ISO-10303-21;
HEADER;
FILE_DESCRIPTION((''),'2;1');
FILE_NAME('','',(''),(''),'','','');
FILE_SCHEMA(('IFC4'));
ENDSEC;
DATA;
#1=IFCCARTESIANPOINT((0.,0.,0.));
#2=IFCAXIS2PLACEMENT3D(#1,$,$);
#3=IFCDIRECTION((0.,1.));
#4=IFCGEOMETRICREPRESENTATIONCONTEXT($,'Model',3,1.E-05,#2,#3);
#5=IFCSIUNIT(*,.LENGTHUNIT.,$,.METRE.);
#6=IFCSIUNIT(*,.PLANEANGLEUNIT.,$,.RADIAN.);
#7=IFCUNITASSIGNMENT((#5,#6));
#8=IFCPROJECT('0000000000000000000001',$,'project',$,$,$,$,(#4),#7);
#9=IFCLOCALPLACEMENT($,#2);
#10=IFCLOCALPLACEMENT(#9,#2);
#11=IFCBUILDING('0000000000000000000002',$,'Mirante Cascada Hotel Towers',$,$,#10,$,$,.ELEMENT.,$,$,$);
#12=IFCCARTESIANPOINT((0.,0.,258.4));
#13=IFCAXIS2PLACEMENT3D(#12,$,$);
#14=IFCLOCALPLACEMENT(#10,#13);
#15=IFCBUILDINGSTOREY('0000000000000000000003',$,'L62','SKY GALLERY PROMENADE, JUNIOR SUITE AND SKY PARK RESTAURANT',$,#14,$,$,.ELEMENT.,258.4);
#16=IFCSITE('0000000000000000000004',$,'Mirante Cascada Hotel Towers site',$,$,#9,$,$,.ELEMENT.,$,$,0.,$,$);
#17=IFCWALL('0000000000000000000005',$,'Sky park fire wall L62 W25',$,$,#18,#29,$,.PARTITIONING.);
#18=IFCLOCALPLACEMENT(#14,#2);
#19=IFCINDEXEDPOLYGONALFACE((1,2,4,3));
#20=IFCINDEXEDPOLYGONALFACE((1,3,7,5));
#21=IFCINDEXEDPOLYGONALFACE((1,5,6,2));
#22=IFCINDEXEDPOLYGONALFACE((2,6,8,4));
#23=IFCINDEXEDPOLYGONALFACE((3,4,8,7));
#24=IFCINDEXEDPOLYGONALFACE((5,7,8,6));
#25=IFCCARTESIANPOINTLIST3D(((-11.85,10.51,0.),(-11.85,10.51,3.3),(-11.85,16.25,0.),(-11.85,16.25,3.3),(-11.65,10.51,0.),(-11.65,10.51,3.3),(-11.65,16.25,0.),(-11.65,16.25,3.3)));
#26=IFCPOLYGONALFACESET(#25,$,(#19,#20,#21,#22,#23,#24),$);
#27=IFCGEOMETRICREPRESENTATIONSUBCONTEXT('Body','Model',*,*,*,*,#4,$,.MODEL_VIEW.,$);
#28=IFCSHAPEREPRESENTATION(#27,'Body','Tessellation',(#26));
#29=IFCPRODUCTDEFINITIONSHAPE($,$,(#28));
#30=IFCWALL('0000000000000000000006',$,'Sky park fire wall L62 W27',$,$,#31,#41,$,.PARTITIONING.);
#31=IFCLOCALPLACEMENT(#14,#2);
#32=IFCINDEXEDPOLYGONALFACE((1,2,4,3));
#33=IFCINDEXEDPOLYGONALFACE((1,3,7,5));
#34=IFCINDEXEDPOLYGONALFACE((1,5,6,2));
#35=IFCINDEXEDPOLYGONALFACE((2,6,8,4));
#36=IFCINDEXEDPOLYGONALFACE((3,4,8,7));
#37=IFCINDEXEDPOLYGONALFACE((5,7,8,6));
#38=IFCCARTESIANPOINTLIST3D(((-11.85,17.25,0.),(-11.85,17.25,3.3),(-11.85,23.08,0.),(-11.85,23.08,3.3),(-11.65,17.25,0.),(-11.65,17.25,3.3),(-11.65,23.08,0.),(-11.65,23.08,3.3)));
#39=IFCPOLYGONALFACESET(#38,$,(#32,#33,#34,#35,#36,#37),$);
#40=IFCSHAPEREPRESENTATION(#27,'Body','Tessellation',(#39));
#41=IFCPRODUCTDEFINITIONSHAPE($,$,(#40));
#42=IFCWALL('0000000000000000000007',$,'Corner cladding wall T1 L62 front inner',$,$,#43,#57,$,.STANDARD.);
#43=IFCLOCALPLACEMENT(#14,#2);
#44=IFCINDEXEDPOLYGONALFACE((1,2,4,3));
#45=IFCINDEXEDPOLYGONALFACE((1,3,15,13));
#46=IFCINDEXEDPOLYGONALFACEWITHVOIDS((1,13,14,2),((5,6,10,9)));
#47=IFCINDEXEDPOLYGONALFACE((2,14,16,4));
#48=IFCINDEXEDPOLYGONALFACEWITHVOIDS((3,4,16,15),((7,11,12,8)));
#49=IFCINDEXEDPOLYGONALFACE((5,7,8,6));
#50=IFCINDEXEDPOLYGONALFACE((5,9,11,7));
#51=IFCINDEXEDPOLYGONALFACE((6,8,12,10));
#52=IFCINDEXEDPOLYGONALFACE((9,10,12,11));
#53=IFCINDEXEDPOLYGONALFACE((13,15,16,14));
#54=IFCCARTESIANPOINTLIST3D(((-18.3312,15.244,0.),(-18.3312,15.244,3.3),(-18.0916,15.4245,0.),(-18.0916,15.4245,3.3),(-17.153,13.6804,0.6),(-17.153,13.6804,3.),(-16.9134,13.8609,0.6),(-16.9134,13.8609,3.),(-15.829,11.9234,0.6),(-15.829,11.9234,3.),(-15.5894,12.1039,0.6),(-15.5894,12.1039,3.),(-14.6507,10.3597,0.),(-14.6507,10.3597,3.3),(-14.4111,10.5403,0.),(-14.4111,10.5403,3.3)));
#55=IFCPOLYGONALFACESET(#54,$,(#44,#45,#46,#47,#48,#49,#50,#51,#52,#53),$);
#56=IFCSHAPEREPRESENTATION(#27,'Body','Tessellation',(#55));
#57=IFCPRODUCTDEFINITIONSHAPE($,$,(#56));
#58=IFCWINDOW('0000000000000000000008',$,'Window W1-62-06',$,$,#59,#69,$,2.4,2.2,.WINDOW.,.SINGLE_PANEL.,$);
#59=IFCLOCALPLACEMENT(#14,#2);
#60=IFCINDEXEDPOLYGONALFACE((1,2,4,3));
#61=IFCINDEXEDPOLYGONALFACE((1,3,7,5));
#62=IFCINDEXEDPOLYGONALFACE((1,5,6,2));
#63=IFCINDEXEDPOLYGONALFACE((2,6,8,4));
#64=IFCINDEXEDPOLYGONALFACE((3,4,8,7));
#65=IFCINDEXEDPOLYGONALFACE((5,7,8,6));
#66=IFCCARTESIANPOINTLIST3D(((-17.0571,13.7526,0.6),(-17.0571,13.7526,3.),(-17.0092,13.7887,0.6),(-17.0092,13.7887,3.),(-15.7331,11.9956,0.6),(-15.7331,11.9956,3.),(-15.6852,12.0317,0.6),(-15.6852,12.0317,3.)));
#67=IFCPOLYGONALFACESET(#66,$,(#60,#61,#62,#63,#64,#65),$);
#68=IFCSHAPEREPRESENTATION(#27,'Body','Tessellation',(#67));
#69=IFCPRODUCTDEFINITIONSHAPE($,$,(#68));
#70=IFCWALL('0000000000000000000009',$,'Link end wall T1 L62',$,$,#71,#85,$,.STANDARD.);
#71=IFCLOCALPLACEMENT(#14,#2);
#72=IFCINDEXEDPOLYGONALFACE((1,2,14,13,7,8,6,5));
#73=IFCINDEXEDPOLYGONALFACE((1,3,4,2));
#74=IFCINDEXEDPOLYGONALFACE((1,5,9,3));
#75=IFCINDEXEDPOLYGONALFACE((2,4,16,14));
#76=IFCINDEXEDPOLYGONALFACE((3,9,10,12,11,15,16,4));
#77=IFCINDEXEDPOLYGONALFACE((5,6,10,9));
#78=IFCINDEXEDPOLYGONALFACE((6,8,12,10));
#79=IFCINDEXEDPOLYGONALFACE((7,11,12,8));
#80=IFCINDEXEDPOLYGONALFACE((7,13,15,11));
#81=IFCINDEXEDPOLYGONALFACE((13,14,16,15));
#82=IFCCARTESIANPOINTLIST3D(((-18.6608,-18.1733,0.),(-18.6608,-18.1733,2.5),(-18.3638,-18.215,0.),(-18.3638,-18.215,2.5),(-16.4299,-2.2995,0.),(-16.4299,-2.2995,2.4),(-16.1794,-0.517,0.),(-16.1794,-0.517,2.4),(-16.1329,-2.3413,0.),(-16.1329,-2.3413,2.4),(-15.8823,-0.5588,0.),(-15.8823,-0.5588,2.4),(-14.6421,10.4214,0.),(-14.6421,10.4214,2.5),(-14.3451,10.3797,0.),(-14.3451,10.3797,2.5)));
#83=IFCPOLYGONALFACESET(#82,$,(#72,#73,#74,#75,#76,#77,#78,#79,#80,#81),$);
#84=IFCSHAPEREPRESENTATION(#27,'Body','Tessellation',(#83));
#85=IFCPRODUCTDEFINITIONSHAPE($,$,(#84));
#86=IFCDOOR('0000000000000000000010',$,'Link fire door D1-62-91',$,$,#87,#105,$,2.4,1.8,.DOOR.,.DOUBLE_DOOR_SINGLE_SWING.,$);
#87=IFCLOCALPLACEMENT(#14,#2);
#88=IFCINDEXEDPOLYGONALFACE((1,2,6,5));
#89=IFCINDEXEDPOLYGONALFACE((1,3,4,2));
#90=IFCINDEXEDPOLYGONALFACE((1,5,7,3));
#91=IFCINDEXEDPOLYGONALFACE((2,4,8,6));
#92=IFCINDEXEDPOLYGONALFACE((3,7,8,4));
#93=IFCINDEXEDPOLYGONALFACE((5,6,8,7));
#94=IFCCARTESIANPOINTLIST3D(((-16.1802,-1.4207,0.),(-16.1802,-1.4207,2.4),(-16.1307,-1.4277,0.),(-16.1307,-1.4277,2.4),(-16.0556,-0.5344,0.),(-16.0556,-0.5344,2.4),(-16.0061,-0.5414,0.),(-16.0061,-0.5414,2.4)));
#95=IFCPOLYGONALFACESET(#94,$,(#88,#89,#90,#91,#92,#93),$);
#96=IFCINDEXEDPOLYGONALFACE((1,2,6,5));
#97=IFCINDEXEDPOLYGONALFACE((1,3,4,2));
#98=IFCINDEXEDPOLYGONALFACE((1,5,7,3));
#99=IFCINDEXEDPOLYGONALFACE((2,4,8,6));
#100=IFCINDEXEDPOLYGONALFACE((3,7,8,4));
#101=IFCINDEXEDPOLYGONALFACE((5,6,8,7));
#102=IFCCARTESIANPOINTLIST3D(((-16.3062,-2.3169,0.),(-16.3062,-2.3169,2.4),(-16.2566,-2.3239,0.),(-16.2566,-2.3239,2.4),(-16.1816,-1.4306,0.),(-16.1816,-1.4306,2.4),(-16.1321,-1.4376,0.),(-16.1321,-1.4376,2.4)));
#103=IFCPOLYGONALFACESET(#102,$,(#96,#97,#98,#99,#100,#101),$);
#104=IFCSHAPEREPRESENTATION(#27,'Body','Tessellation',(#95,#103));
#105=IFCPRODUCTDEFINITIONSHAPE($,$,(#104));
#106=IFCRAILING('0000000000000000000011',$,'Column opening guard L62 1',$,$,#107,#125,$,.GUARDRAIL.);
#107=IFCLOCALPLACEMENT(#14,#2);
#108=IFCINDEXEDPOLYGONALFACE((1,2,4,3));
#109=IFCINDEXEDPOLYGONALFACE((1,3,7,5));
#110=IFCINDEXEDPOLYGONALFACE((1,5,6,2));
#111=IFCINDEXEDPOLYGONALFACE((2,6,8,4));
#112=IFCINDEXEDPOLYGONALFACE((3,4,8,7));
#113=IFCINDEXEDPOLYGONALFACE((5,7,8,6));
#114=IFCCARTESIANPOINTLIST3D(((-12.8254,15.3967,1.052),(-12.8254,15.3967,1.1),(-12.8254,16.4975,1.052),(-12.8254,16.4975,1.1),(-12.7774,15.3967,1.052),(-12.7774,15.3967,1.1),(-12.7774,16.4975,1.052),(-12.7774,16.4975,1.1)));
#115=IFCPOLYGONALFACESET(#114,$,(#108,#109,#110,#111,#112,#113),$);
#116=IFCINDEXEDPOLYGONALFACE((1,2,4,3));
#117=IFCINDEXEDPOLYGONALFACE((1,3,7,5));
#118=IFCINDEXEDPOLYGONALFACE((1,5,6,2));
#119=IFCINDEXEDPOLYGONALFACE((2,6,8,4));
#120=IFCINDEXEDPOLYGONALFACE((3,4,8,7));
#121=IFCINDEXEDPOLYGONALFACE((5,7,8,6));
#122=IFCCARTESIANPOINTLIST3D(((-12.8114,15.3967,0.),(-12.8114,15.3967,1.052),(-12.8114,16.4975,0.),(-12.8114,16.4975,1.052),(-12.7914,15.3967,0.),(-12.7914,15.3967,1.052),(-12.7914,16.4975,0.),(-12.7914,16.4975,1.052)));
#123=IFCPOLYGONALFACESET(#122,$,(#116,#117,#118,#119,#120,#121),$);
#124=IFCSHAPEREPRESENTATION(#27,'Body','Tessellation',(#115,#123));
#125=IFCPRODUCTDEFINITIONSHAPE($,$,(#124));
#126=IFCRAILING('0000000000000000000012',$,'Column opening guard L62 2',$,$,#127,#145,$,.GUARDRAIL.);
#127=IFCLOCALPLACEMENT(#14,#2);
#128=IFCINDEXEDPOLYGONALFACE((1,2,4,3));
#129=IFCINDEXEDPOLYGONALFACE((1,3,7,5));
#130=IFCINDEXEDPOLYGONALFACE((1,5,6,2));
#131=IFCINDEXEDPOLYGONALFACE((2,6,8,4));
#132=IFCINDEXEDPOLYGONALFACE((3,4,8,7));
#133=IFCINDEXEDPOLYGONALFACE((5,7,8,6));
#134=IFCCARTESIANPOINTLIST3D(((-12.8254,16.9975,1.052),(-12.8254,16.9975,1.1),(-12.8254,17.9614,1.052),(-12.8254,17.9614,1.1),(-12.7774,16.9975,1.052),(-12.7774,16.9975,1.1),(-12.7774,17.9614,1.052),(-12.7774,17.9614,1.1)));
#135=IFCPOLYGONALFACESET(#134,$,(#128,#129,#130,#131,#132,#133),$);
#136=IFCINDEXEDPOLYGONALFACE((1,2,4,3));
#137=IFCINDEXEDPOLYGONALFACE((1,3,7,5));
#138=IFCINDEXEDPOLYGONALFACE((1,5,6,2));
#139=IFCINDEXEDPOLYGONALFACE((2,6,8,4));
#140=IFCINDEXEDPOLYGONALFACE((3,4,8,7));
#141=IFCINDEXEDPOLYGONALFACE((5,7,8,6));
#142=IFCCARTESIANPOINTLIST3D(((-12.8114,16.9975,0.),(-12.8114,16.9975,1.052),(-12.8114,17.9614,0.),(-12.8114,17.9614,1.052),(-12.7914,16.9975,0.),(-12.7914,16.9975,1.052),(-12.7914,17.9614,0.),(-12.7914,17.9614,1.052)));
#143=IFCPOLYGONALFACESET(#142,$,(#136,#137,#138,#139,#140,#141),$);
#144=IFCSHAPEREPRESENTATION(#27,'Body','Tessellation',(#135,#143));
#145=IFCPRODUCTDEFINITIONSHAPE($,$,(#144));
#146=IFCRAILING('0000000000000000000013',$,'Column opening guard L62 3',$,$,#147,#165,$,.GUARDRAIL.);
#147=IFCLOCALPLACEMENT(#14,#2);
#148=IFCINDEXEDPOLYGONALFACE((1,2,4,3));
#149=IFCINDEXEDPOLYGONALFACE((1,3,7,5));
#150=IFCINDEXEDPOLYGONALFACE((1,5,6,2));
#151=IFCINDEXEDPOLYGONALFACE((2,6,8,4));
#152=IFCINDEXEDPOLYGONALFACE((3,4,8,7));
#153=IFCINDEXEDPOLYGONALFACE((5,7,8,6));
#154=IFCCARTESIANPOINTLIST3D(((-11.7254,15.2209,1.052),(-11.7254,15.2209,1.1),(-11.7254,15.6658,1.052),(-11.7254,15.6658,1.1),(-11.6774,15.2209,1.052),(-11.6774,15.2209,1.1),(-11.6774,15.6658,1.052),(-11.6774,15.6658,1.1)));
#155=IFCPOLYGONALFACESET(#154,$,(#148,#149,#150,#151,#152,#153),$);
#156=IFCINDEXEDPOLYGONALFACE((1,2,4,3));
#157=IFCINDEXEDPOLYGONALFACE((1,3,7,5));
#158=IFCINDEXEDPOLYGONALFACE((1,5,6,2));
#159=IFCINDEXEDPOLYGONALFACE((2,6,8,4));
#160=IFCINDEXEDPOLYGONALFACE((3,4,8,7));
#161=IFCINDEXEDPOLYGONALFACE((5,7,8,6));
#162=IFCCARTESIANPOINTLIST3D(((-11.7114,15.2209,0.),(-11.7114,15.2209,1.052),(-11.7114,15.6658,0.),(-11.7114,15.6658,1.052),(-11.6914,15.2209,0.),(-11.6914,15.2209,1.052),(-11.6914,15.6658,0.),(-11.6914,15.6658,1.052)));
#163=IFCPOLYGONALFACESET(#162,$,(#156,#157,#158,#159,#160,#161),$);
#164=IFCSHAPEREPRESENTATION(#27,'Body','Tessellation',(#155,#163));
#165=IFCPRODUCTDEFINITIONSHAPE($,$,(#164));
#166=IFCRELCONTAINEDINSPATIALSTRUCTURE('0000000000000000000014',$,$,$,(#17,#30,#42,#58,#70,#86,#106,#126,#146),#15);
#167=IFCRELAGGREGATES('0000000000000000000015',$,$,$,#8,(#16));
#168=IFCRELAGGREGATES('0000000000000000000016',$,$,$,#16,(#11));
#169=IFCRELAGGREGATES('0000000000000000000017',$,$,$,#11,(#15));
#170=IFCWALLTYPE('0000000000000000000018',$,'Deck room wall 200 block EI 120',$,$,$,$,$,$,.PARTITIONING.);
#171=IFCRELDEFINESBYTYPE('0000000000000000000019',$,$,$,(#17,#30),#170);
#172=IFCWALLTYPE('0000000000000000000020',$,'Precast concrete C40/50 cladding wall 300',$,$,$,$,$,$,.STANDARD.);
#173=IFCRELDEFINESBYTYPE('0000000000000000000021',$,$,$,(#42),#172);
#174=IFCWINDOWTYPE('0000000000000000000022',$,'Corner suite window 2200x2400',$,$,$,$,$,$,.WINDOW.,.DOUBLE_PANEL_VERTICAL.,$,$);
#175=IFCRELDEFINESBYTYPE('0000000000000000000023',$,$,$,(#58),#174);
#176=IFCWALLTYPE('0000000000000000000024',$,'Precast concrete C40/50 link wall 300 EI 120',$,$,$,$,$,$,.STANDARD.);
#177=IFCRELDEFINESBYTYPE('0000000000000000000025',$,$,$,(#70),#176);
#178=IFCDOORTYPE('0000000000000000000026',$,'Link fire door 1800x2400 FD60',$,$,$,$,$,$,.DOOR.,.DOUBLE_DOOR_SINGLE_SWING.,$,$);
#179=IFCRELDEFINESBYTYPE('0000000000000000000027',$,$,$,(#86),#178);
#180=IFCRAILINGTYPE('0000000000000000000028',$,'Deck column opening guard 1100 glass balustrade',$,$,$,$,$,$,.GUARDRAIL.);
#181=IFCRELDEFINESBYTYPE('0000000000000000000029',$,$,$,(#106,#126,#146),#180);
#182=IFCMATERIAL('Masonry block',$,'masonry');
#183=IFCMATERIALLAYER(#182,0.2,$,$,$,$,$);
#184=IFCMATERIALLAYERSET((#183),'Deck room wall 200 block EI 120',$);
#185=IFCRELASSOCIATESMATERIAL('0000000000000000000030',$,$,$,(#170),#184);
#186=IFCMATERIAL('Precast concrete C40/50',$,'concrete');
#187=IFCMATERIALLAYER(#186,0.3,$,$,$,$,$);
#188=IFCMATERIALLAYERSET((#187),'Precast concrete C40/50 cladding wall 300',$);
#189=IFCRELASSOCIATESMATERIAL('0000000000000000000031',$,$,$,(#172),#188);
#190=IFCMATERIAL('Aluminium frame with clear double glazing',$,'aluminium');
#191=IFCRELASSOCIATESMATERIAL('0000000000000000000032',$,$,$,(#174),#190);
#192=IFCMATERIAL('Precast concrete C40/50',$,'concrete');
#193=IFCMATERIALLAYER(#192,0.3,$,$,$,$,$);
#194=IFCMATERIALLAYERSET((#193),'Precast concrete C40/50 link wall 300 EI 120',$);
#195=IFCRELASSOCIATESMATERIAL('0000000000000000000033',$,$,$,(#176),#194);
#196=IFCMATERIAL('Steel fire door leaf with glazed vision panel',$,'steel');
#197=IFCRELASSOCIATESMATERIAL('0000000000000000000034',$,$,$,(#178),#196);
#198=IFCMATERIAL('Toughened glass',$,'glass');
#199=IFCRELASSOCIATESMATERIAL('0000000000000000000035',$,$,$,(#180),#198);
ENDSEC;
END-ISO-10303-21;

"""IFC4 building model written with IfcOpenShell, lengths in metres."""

from ifc_helpers import new_model, si_unit, direction, frame, frame_2d, origin, origin_2d, place, context, subcontext, project, spatial, rectangle, extrude, material, layer, layer_set, type_object, element, fill, save


model = new_model("IFC4")

# Units and contexts
model_context = context("Model", 3, precision=1e-05, world=origin(), true_north=direction((0.0, 1.0)))
body_context = subcontext(model_context, "Body", "Model", "MODEL_VIEW")
ifc_project = project(units=[si_unit("LENGTHUNIT", "METRE"), si_unit("PLANEANGLEUNIT", "RADIAN")], contexts=[model_context])

# Site, building, storey
site_placement = place(None, origin())
site = spatial("IfcSite", under=ifc_project, at=site_placement, Name="Mirante Cascada Hotel Towers site", CompositionType="ELEMENT", RefElevation=0.0)
building_placement = place(site_placement, origin())
building = spatial("IfcBuilding", under=site, at=building_placement, Name="Mirante Cascada Hotel Towers", CompositionType="ELEMENT")
storey_placement = place(building_placement, frame((0.0, 0.0, 258.4)))
storey = spatial("IfcBuildingStorey", under=building, at=storey_placement, Name="L62", Description="SKY GALLERY PROMENADE, JUNIOR SUITE AND SKY PARK RESTAURANT", CompositionType="ELEMENT", Elevation=258.4)

# Shared definitions
ifc_material_1 = material(Name="Masonry block", Category="masonry")
ifc_layer_1 = layer(ifc_material_1, 0.2)
ifc_layer_set_1 = layer_set([ifc_layer_1], Name="Deck room wall 200 block EI 120")
wall_type_1 = type_object("IfcWallType", Name="Deck room wall 200 block EI 120", PredefinedType="PARTITIONING", material=ifc_layer_set_1)

# Walls
wall_1_placement = place(storey_placement, frame((-11.75, 10.51, 0.0), z_axis=(0.0, 0.0, 1.0), x_axis=(0.0, 1.0, 0.0)))
element("IfcWall", 1, at=wall_1_placement, inside=storey, type_object=wall_type_1, Name="Sky park fire wall L62 W25", PredefinedType="PARTITIONING", context=body_context, shape_type="SweptSolid", body=[
    extrude(rectangle(XDim=5.74, YDim=0.2, at=frame_2d((2.87, 0.0))), origin(), (0.0, 0.0, 1.0), 3.3),
])
wall_2_placement = place(storey_placement, frame((-11.75, 17.25, 0.0), z_axis=(0.0, 0.0, 1.0), x_axis=(0.0, 1.0, 0.0)))
element("IfcWall", 2, at=wall_2_placement, inside=storey, type_object=wall_type_1, Name="Sky park fire wall L62 W27", PredefinedType="PARTITIONING", context=body_context, shape_type="SweptSolid", body=[
    extrude(rectangle(XDim=5.83, YDim=0.2, at=frame_2d((2.915, 0.0))), origin(), (0.0, 0.0, 1.0), 3.3),
])

# Wall, opening, window
ifc_material_2 = material(Name="Precast concrete C40/50", Category="concrete")
ifc_layer_2 = layer(ifc_material_2, 0.3)
ifc_layer_set_2 = layer_set([ifc_layer_2], Name="Precast concrete C40/50 cladding wall 300")
wall_type_2 = type_object("IfcWallType", Name="Precast concrete C40/50 cladding wall 300", PredefinedType="STANDARD", material=ifc_layer_set_2)
wall_3_placement = place(storey_placement, frame((-18.2114, 15.3342, 0.0), z_axis=(0.0, 0.0, 1.0), x_axis=(0.601814, -0.798636, 0.0)))
wall_3 = element("IfcWall", 3, at=wall_3_placement, inside=storey, type_object=wall_type_2, Name="Corner cladding wall T1 L62 front inner", PredefinedType="STANDARD", context=body_context, shape_type="SweptSolid", body=[
    extrude(rectangle(XDim=6.1157, YDim=0.3, at=frame_2d((3.0578, 0.0))), origin(), (0.0, 0.0, 1.0), 3.3),
])
opening_1_placement = place(wall_3_placement, frame((1.9578, 0.0, 0.6)))
opening_1 = element("IfcOpeningElement", 4, at=opening_1_placement, cuts=wall_3, PredefinedType="OPENING", context=body_context, shape_type="SweptSolid", body=[
    extrude(rectangle(XDim=2.2, YDim=2.4, at=frame_2d((1.1, 1.2))), frame((0.0, 0.15, 0.0), z_axis=(0.0, -1.0, 0.0), x_axis=(1.0, 0.0, 0.0)), (0.0, 0.0, 1.0), 0.3),
])
ifc_material_3 = material(Name="Aluminium frame with clear double glazing", Category="aluminium")
window_type = type_object("IfcWindowType", Name="Corner suite window 2200x2400", PartitioningType="DOUBLE_PANEL_VERTICAL", PredefinedType="WINDOW", material=ifc_material_3)
window_placement = place(opening_1_placement, origin())
window = element("IfcWindow", 5, at=window_placement, inside=storey, type_object=window_type, Name="Window W1-62-06", OverallHeight=2.4, OverallWidth=2.2, PartitioningType="SINGLE_PANEL", PredefinedType="WINDOW", context=body_context, shape_type="SweptSolid", body=[
    extrude(rectangle(XDim=2.2, YDim=2.4, at=frame_2d((1.1, 1.2))), frame((0.0, 0.03, 0.0), z_axis=(0.0, -1.0, 0.0), x_axis=(1.0, 0.0, 0.0)), (0.0, 0.0, 1.0), 0.06),
])
fill(opening_1, window)

# Wall, opening, door
ifc_material_4 = material(Name="Precast concrete C40/50", Category="concrete")
ifc_layer_3 = layer(ifc_material_4, 0.3)
ifc_layer_set_3 = layer_set([ifc_layer_3], Name="Precast concrete C40/50 link wall 300 EI 120")
wall_type_3 = type_object("IfcWallType", Name="Precast concrete C40/50 link wall 300 EI 120", PredefinedType="STANDARD", material=ifc_layer_set_3)
wall_4_placement = place(storey_placement, frame((-14.4936, 10.4005, 0.0), z_axis=(0.0, 0.0, 1.0), x_axis=(-0.139172, -0.990268, 0.0)))
wall_4 = element("IfcWall", 6, at=wall_4_placement, inside=storey, type_object=wall_type_3, Name="Link end wall T1 L62", PredefinedType="STANDARD", context=body_context, shape_type="SweptSolid", body=[
    extrude(rectangle(XDim=28.8757, YDim=0.3, at=frame_2d((14.4378, 0.0))), origin(), (0.0, 0.0, 1.0), 2.5),
])
opening_2_placement = place(wall_4_placement, frame((11.0459, 0.0, 0.0)))
opening_2 = element("IfcOpeningElement", 7, at=opening_2_placement, cuts=wall_4, PredefinedType="OPENING", context=body_context, shape_type="SweptSolid", body=[
    extrude(rectangle(XDim=1.8, YDim=2.4, at=frame_2d((0.9, 1.2))), frame((0.0, 0.15, 0.0), z_axis=(0.0, -1.0, 0.0), x_axis=(1.0, 0.0, 0.0)), (0.0, 0.0, 1.0), 0.3),
])
ifc_material_5 = material(Name="Steel fire door leaf with glazed vision panel", Category="steel")
door_type_1 = type_object("IfcDoorType", Name="Link fire door 1800x2400 FD60", OperationType="DOUBLE_DOOR_SINGLE_SWING", PredefinedType="DOOR", material=ifc_material_5)
door_1_placement = place(opening_2_placement, origin())
door_1 = element("IfcDoor", 8, at=door_1_placement, inside=storey, type_object=door_type_1, Name="Link fire door D1-62-91", OperationType="DOUBLE_DOOR_SINGLE_SWING", OverallHeight=2.4, OverallWidth=1.8, PredefinedType="DOOR", context=body_context, shape_type="SweptSolid", body=[
    extrude(rectangle(XDim=0.895, YDim=2.4, at=frame_2d((0.4475, 1.2))), frame((0.0, 0.025, 0.0), z_axis=(0.0, -1.0, 0.0), x_axis=(1.0, 0.0, 0.0)), (0.0, 0.0, 1.0), 0.05),
    extrude(rectangle(XDim=0.895, YDim=2.4, at=frame_2d((1.3525, 1.2))), frame((0.0, 0.025, 0.0), z_axis=(0.0, -1.0, 0.0), x_axis=(1.0, 0.0, 0.0)), (0.0, 0.0, 1.0), 0.05),
])
fill(opening_2, door_1)

# Railings
ifc_material_6 = material(Name="Toughened glass", Category="glass")
railing_type_1 = type_object("IfcRailingType", Name="Deck column opening guard 1100 glass balustrade", PredefinedType="GUARDRAIL", material=ifc_material_6)
railing_1_placement = place(storey_placement, frame((-12.8014, 16.4975, 0.0)))
element("IfcRailing", 9, at=railing_1_placement, inside=storey, type_object=railing_type_1, Name="Column opening guard L62 1", PredefinedType="GUARDRAIL", context=body_context, shape_type="SweptSolid", body=[
    extrude(rectangle(XDim=0.048, YDim=0.048, at=origin_2d()), frame((0.0, 0.0, 1.076), z_axis=(0.0, -1.0, 0.0), x_axis=(1.0, 0.0, 0.0)), (0.0, 0.0, 1.0), 1.1008),
    extrude(rectangle(XDim=0.02, YDim=1.052, at=origin_2d()), frame((0.0, 0.0, 0.526), z_axis=(0.0, -1.0, 0.0), x_axis=(1.0, 0.0, 0.0)), (0.0, 0.0, 1.0), 1.1008),
])
railing_2_placement = place(storey_placement, frame((-12.8014, 17.9614, 0.0)))
element("IfcRailing", 10, at=railing_2_placement, inside=storey, type_object=railing_type_1, Name="Column opening guard L62 2", PredefinedType="GUARDRAIL", context=body_context, shape_type="SweptSolid", body=[
    extrude(rectangle(XDim=0.048, YDim=0.048, at=origin_2d()), frame((0.0, 0.0, 1.076), z_axis=(0.0, -1.0, 0.0), x_axis=(1.0, 0.0, 0.0)), (0.0, 0.0, 1.0), 0.9639),
    extrude(rectangle(XDim=0.02, YDim=1.052, at=origin_2d()), frame((0.0, 0.0, 0.526), z_axis=(0.0, -1.0, 0.0), x_axis=(1.0, 0.0, 0.0)), (0.0, 0.0, 1.0), 0.9639),
])
railing_3_placement = place(storey_placement, frame((-11.7014, 15.2209, 0.0)))
element("IfcRailing", 11, at=railing_3_placement, inside=storey, type_object=railing_type_1, Name="Column opening guard L62 3", PredefinedType="GUARDRAIL", context=body_context, shape_type="SweptSolid", body=[
    extrude(rectangle(XDim=0.048, YDim=0.048, at=origin_2d()), frame((0.0, 0.0, 1.076), z_axis=(0.0, 1.0, 0.0), x_axis=(-1.0, 0.0, 0.0)), (0.0, 0.0, 1.0), 0.4449),
    extrude(rectangle(XDim=0.02, YDim=1.052, at=origin_2d()), frame((0.0, 0.0, 0.526), z_axis=(0.0, 1.0, 0.0), x_axis=(-1.0, 0.0, 0.0)), (0.0, 0.0, 1.0), 0.4449),
])

save(model, "model.ifc")
